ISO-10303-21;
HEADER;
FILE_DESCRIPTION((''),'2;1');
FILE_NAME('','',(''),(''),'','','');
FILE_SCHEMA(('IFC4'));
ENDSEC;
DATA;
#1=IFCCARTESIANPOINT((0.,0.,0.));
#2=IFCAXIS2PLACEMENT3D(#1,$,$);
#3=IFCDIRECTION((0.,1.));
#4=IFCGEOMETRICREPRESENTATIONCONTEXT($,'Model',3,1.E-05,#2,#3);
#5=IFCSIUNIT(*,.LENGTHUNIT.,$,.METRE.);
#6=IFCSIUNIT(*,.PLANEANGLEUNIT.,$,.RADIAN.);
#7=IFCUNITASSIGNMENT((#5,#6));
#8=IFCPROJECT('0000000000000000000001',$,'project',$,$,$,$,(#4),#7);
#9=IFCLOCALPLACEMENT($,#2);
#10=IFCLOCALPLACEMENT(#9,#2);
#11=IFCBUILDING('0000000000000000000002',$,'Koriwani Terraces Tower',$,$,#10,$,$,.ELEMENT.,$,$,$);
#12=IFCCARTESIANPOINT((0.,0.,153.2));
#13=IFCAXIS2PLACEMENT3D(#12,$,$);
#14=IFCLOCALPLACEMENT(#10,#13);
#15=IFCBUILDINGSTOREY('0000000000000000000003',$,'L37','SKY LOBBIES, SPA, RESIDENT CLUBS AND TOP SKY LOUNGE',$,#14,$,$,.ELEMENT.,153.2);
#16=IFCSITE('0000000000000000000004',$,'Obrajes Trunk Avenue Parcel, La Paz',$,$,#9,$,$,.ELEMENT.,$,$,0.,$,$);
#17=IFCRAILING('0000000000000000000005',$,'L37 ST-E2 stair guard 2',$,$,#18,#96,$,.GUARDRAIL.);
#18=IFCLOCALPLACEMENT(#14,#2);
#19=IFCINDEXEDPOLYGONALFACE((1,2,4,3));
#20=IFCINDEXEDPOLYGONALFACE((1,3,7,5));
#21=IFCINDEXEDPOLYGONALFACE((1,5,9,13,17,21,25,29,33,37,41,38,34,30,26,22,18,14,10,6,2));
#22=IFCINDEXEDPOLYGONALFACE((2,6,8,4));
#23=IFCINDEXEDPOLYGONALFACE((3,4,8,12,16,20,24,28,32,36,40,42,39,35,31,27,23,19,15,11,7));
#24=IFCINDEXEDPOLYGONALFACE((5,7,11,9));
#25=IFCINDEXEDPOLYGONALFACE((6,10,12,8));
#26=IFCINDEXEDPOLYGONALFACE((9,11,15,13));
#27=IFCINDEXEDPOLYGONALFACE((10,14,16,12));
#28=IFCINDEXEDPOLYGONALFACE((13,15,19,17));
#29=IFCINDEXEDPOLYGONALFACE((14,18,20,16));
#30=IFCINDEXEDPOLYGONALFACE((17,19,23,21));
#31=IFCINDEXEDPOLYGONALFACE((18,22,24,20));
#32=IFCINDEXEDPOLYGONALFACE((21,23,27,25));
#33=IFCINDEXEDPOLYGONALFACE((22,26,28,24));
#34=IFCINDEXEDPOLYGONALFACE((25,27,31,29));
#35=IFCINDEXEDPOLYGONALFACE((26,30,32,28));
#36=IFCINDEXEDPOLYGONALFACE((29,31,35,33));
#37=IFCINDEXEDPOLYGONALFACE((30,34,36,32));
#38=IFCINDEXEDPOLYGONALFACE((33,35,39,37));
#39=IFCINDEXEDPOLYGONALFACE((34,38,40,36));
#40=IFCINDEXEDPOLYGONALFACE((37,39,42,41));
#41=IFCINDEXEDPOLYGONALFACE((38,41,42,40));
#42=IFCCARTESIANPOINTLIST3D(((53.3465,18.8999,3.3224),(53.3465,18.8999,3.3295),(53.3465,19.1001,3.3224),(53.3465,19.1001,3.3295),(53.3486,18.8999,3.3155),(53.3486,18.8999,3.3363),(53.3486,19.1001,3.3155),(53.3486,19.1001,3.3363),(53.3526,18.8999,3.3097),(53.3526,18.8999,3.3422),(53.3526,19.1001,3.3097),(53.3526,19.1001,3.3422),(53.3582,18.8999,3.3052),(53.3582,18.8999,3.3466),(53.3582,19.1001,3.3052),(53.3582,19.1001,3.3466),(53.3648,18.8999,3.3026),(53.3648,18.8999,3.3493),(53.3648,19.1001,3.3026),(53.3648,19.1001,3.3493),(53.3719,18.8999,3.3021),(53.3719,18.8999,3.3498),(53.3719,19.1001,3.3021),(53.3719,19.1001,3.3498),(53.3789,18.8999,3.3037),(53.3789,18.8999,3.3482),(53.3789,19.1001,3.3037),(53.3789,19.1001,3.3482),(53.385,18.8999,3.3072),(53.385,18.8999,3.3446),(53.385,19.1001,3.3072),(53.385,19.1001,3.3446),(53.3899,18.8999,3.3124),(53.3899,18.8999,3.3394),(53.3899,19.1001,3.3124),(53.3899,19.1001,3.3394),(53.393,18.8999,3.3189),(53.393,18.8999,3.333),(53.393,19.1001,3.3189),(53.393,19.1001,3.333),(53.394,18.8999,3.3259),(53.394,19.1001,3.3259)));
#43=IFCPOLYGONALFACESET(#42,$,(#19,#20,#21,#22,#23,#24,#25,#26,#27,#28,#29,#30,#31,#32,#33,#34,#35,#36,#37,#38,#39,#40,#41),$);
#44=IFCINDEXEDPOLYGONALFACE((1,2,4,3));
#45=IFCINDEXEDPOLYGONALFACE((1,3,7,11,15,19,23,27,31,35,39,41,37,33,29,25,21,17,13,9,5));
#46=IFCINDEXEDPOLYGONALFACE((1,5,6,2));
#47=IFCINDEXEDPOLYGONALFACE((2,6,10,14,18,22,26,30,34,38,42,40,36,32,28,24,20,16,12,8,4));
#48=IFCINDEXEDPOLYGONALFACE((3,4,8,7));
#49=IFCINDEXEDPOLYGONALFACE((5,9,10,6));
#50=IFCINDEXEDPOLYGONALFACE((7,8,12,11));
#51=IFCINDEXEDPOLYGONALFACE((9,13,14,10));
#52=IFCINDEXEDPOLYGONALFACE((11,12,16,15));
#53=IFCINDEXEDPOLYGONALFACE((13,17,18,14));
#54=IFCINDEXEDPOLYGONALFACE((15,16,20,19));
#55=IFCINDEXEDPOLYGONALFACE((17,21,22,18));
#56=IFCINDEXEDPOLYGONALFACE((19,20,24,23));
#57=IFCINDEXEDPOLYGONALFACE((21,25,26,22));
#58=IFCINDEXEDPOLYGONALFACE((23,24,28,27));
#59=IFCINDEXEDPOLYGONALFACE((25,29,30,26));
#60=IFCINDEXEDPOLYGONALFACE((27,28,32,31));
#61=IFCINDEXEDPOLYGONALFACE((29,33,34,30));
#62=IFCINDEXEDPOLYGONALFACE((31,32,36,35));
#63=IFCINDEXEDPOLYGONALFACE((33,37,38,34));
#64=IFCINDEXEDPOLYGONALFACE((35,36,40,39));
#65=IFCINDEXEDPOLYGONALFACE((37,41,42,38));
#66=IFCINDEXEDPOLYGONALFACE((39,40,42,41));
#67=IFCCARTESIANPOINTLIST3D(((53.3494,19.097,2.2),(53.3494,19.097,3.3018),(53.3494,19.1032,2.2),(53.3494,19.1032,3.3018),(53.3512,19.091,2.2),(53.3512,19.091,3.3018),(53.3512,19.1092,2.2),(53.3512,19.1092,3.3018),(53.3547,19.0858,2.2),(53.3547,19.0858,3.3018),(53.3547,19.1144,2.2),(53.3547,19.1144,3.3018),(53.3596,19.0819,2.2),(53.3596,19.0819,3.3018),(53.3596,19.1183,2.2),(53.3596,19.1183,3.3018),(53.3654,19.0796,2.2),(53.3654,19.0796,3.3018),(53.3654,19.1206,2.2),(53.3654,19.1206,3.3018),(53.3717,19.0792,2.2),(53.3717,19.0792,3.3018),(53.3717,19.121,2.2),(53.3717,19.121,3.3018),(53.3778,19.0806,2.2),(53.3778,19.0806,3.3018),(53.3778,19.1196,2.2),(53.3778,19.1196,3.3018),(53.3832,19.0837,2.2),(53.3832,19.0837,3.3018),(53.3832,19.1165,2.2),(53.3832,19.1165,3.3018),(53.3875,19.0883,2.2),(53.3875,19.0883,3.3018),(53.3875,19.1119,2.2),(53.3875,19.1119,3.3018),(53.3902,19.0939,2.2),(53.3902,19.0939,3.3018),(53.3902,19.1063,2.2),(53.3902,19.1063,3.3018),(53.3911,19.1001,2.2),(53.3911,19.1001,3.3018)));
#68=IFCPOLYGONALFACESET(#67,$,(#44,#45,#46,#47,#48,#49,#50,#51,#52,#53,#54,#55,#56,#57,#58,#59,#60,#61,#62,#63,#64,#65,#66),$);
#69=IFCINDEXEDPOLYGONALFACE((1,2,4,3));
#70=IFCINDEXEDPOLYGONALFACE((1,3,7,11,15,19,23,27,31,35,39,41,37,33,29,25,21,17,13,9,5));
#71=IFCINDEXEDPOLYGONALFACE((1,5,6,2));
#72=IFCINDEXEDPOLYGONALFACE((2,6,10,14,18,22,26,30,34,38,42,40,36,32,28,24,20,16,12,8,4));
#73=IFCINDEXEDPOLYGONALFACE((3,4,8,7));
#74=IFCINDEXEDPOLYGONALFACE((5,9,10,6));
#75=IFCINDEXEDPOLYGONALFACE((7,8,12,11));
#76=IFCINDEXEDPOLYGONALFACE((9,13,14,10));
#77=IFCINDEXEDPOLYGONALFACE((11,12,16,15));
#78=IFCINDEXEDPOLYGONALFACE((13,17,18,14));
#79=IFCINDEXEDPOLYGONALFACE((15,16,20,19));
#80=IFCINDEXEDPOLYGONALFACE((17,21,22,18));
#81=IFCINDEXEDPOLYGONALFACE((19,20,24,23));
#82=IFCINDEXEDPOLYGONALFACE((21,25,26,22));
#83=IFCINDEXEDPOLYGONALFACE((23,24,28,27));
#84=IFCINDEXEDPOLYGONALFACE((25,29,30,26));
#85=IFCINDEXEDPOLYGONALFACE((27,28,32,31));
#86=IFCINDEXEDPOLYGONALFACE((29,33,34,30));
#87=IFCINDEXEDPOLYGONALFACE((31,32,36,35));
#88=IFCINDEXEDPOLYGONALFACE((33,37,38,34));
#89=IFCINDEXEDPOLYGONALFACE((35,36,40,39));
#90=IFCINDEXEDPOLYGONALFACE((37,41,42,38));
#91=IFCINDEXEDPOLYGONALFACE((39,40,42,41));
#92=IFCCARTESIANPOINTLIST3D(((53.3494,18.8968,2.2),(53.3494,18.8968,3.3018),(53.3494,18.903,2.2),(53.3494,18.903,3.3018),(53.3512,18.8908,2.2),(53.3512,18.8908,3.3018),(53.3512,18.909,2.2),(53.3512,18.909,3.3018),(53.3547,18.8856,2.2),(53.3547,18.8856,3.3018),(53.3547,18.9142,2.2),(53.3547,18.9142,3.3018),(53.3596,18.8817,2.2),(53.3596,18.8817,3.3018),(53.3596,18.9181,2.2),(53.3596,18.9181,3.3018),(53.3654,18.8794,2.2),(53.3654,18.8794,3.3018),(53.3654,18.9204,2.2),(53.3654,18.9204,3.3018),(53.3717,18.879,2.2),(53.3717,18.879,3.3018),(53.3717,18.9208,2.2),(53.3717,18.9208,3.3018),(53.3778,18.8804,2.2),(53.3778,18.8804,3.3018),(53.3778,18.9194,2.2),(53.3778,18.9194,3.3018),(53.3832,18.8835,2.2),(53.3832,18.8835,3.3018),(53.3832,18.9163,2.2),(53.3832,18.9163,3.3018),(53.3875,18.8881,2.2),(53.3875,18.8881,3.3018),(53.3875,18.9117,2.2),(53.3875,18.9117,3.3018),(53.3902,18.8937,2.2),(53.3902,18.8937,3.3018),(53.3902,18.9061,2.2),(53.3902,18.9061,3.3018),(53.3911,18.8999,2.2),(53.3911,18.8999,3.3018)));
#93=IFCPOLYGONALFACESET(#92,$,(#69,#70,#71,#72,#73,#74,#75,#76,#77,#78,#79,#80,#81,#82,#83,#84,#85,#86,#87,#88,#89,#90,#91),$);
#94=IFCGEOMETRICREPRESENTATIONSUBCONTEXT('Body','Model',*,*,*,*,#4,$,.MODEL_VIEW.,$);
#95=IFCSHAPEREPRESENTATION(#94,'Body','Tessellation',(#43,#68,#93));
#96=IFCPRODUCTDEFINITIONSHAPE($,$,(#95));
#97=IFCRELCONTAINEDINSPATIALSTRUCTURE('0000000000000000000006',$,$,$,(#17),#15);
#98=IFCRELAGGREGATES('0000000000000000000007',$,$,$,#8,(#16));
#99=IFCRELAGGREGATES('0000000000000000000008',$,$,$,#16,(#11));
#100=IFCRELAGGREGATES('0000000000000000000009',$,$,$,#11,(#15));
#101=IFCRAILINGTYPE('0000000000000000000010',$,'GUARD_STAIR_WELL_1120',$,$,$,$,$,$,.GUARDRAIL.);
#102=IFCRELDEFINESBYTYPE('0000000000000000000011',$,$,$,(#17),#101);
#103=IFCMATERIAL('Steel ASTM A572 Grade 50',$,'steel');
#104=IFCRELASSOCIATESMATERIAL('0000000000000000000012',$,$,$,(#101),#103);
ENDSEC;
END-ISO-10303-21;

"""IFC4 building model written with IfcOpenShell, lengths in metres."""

from ifc_helpers import new_model, si_unit, direction, frame, origin, origin_2d, place, context, subcontext, project, spatial, circle, extrude, material, type_object, element, save


model = new_model("IFC4")

# Units and contexts
model_context = context("Model", 3, precision=1e-05, world=origin(), true_north=direction((0.0, 1.0)))
body_context = subcontext(model_context, "Body", "Model", "MODEL_VIEW")
ifc_project = project(units=[si_unit("LENGTHUNIT", "METRE"), si_unit("PLANEANGLEUNIT", "RADIAN")], contexts=[model_context])

# Site, building, storey
site_placement = place(None, origin())
site = spatial("IfcSite", under=ifc_project, at=site_placement, Name="Obrajes Trunk Avenue Parcel, La Paz", CompositionType="ELEMENT", RefElevation=0.0)
building_placement = place(site_placement, origin())
building = spatial("IfcBuilding", under=site, at=building_placement, Name="Koriwani Terraces Tower", CompositionType="ELEMENT")
storey_placement = place(building_placement, frame((0.0, 0.0, 153.2)))
storey = spatial("IfcBuildingStorey", under=building, at=storey_placement, Name="L37", Description="SKY LOBBIES, SPA, RESIDENT CLUBS AND TOP SKY LOUNGE", CompositionType="ELEMENT", Elevation=153.2)

# Shared definitions
ifc_material_1 = material(Name="Steel ASTM A572 Grade 50", Category="steel")

# Railing
railing_type_1 = type_object("IfcRailingType", Name="GUARD_STAIR_WELL_1120", PredefinedType="GUARDRAIL", material=ifc_material_1)
railing_1_placement = place(storey_placement, frame((53.3701, 19.1001, 2.2)))
element("IfcRailing", 1, at=railing_1_placement, inside=storey, type_object=railing_type_1, Name="L37 ST-E2 stair guard 2", PredefinedType="GUARDRAIL", context=body_context, shape_type="SweptSolid", body=[
    extrude(circle(Radius=0.0239, at=origin_2d()), frame((0.0, 0.0, 1.126), z_axis=(0.0, -1.0, 0.0), x_axis=(1.0, 0.0, 0.0)), (0.0, 0.0, 1.0), 0.2002),
    extrude(circle(Radius=0.021, at=origin_2d()), origin(), (0.0, 0.0, 1.0), 1.1018),
    extrude(circle(Radius=0.021, at=origin_2d()), frame((0.0, -0.2002, 0.0)), (0.0, 0.0, 1.0), 1.1018),
])

save(model, "model.ifc")
